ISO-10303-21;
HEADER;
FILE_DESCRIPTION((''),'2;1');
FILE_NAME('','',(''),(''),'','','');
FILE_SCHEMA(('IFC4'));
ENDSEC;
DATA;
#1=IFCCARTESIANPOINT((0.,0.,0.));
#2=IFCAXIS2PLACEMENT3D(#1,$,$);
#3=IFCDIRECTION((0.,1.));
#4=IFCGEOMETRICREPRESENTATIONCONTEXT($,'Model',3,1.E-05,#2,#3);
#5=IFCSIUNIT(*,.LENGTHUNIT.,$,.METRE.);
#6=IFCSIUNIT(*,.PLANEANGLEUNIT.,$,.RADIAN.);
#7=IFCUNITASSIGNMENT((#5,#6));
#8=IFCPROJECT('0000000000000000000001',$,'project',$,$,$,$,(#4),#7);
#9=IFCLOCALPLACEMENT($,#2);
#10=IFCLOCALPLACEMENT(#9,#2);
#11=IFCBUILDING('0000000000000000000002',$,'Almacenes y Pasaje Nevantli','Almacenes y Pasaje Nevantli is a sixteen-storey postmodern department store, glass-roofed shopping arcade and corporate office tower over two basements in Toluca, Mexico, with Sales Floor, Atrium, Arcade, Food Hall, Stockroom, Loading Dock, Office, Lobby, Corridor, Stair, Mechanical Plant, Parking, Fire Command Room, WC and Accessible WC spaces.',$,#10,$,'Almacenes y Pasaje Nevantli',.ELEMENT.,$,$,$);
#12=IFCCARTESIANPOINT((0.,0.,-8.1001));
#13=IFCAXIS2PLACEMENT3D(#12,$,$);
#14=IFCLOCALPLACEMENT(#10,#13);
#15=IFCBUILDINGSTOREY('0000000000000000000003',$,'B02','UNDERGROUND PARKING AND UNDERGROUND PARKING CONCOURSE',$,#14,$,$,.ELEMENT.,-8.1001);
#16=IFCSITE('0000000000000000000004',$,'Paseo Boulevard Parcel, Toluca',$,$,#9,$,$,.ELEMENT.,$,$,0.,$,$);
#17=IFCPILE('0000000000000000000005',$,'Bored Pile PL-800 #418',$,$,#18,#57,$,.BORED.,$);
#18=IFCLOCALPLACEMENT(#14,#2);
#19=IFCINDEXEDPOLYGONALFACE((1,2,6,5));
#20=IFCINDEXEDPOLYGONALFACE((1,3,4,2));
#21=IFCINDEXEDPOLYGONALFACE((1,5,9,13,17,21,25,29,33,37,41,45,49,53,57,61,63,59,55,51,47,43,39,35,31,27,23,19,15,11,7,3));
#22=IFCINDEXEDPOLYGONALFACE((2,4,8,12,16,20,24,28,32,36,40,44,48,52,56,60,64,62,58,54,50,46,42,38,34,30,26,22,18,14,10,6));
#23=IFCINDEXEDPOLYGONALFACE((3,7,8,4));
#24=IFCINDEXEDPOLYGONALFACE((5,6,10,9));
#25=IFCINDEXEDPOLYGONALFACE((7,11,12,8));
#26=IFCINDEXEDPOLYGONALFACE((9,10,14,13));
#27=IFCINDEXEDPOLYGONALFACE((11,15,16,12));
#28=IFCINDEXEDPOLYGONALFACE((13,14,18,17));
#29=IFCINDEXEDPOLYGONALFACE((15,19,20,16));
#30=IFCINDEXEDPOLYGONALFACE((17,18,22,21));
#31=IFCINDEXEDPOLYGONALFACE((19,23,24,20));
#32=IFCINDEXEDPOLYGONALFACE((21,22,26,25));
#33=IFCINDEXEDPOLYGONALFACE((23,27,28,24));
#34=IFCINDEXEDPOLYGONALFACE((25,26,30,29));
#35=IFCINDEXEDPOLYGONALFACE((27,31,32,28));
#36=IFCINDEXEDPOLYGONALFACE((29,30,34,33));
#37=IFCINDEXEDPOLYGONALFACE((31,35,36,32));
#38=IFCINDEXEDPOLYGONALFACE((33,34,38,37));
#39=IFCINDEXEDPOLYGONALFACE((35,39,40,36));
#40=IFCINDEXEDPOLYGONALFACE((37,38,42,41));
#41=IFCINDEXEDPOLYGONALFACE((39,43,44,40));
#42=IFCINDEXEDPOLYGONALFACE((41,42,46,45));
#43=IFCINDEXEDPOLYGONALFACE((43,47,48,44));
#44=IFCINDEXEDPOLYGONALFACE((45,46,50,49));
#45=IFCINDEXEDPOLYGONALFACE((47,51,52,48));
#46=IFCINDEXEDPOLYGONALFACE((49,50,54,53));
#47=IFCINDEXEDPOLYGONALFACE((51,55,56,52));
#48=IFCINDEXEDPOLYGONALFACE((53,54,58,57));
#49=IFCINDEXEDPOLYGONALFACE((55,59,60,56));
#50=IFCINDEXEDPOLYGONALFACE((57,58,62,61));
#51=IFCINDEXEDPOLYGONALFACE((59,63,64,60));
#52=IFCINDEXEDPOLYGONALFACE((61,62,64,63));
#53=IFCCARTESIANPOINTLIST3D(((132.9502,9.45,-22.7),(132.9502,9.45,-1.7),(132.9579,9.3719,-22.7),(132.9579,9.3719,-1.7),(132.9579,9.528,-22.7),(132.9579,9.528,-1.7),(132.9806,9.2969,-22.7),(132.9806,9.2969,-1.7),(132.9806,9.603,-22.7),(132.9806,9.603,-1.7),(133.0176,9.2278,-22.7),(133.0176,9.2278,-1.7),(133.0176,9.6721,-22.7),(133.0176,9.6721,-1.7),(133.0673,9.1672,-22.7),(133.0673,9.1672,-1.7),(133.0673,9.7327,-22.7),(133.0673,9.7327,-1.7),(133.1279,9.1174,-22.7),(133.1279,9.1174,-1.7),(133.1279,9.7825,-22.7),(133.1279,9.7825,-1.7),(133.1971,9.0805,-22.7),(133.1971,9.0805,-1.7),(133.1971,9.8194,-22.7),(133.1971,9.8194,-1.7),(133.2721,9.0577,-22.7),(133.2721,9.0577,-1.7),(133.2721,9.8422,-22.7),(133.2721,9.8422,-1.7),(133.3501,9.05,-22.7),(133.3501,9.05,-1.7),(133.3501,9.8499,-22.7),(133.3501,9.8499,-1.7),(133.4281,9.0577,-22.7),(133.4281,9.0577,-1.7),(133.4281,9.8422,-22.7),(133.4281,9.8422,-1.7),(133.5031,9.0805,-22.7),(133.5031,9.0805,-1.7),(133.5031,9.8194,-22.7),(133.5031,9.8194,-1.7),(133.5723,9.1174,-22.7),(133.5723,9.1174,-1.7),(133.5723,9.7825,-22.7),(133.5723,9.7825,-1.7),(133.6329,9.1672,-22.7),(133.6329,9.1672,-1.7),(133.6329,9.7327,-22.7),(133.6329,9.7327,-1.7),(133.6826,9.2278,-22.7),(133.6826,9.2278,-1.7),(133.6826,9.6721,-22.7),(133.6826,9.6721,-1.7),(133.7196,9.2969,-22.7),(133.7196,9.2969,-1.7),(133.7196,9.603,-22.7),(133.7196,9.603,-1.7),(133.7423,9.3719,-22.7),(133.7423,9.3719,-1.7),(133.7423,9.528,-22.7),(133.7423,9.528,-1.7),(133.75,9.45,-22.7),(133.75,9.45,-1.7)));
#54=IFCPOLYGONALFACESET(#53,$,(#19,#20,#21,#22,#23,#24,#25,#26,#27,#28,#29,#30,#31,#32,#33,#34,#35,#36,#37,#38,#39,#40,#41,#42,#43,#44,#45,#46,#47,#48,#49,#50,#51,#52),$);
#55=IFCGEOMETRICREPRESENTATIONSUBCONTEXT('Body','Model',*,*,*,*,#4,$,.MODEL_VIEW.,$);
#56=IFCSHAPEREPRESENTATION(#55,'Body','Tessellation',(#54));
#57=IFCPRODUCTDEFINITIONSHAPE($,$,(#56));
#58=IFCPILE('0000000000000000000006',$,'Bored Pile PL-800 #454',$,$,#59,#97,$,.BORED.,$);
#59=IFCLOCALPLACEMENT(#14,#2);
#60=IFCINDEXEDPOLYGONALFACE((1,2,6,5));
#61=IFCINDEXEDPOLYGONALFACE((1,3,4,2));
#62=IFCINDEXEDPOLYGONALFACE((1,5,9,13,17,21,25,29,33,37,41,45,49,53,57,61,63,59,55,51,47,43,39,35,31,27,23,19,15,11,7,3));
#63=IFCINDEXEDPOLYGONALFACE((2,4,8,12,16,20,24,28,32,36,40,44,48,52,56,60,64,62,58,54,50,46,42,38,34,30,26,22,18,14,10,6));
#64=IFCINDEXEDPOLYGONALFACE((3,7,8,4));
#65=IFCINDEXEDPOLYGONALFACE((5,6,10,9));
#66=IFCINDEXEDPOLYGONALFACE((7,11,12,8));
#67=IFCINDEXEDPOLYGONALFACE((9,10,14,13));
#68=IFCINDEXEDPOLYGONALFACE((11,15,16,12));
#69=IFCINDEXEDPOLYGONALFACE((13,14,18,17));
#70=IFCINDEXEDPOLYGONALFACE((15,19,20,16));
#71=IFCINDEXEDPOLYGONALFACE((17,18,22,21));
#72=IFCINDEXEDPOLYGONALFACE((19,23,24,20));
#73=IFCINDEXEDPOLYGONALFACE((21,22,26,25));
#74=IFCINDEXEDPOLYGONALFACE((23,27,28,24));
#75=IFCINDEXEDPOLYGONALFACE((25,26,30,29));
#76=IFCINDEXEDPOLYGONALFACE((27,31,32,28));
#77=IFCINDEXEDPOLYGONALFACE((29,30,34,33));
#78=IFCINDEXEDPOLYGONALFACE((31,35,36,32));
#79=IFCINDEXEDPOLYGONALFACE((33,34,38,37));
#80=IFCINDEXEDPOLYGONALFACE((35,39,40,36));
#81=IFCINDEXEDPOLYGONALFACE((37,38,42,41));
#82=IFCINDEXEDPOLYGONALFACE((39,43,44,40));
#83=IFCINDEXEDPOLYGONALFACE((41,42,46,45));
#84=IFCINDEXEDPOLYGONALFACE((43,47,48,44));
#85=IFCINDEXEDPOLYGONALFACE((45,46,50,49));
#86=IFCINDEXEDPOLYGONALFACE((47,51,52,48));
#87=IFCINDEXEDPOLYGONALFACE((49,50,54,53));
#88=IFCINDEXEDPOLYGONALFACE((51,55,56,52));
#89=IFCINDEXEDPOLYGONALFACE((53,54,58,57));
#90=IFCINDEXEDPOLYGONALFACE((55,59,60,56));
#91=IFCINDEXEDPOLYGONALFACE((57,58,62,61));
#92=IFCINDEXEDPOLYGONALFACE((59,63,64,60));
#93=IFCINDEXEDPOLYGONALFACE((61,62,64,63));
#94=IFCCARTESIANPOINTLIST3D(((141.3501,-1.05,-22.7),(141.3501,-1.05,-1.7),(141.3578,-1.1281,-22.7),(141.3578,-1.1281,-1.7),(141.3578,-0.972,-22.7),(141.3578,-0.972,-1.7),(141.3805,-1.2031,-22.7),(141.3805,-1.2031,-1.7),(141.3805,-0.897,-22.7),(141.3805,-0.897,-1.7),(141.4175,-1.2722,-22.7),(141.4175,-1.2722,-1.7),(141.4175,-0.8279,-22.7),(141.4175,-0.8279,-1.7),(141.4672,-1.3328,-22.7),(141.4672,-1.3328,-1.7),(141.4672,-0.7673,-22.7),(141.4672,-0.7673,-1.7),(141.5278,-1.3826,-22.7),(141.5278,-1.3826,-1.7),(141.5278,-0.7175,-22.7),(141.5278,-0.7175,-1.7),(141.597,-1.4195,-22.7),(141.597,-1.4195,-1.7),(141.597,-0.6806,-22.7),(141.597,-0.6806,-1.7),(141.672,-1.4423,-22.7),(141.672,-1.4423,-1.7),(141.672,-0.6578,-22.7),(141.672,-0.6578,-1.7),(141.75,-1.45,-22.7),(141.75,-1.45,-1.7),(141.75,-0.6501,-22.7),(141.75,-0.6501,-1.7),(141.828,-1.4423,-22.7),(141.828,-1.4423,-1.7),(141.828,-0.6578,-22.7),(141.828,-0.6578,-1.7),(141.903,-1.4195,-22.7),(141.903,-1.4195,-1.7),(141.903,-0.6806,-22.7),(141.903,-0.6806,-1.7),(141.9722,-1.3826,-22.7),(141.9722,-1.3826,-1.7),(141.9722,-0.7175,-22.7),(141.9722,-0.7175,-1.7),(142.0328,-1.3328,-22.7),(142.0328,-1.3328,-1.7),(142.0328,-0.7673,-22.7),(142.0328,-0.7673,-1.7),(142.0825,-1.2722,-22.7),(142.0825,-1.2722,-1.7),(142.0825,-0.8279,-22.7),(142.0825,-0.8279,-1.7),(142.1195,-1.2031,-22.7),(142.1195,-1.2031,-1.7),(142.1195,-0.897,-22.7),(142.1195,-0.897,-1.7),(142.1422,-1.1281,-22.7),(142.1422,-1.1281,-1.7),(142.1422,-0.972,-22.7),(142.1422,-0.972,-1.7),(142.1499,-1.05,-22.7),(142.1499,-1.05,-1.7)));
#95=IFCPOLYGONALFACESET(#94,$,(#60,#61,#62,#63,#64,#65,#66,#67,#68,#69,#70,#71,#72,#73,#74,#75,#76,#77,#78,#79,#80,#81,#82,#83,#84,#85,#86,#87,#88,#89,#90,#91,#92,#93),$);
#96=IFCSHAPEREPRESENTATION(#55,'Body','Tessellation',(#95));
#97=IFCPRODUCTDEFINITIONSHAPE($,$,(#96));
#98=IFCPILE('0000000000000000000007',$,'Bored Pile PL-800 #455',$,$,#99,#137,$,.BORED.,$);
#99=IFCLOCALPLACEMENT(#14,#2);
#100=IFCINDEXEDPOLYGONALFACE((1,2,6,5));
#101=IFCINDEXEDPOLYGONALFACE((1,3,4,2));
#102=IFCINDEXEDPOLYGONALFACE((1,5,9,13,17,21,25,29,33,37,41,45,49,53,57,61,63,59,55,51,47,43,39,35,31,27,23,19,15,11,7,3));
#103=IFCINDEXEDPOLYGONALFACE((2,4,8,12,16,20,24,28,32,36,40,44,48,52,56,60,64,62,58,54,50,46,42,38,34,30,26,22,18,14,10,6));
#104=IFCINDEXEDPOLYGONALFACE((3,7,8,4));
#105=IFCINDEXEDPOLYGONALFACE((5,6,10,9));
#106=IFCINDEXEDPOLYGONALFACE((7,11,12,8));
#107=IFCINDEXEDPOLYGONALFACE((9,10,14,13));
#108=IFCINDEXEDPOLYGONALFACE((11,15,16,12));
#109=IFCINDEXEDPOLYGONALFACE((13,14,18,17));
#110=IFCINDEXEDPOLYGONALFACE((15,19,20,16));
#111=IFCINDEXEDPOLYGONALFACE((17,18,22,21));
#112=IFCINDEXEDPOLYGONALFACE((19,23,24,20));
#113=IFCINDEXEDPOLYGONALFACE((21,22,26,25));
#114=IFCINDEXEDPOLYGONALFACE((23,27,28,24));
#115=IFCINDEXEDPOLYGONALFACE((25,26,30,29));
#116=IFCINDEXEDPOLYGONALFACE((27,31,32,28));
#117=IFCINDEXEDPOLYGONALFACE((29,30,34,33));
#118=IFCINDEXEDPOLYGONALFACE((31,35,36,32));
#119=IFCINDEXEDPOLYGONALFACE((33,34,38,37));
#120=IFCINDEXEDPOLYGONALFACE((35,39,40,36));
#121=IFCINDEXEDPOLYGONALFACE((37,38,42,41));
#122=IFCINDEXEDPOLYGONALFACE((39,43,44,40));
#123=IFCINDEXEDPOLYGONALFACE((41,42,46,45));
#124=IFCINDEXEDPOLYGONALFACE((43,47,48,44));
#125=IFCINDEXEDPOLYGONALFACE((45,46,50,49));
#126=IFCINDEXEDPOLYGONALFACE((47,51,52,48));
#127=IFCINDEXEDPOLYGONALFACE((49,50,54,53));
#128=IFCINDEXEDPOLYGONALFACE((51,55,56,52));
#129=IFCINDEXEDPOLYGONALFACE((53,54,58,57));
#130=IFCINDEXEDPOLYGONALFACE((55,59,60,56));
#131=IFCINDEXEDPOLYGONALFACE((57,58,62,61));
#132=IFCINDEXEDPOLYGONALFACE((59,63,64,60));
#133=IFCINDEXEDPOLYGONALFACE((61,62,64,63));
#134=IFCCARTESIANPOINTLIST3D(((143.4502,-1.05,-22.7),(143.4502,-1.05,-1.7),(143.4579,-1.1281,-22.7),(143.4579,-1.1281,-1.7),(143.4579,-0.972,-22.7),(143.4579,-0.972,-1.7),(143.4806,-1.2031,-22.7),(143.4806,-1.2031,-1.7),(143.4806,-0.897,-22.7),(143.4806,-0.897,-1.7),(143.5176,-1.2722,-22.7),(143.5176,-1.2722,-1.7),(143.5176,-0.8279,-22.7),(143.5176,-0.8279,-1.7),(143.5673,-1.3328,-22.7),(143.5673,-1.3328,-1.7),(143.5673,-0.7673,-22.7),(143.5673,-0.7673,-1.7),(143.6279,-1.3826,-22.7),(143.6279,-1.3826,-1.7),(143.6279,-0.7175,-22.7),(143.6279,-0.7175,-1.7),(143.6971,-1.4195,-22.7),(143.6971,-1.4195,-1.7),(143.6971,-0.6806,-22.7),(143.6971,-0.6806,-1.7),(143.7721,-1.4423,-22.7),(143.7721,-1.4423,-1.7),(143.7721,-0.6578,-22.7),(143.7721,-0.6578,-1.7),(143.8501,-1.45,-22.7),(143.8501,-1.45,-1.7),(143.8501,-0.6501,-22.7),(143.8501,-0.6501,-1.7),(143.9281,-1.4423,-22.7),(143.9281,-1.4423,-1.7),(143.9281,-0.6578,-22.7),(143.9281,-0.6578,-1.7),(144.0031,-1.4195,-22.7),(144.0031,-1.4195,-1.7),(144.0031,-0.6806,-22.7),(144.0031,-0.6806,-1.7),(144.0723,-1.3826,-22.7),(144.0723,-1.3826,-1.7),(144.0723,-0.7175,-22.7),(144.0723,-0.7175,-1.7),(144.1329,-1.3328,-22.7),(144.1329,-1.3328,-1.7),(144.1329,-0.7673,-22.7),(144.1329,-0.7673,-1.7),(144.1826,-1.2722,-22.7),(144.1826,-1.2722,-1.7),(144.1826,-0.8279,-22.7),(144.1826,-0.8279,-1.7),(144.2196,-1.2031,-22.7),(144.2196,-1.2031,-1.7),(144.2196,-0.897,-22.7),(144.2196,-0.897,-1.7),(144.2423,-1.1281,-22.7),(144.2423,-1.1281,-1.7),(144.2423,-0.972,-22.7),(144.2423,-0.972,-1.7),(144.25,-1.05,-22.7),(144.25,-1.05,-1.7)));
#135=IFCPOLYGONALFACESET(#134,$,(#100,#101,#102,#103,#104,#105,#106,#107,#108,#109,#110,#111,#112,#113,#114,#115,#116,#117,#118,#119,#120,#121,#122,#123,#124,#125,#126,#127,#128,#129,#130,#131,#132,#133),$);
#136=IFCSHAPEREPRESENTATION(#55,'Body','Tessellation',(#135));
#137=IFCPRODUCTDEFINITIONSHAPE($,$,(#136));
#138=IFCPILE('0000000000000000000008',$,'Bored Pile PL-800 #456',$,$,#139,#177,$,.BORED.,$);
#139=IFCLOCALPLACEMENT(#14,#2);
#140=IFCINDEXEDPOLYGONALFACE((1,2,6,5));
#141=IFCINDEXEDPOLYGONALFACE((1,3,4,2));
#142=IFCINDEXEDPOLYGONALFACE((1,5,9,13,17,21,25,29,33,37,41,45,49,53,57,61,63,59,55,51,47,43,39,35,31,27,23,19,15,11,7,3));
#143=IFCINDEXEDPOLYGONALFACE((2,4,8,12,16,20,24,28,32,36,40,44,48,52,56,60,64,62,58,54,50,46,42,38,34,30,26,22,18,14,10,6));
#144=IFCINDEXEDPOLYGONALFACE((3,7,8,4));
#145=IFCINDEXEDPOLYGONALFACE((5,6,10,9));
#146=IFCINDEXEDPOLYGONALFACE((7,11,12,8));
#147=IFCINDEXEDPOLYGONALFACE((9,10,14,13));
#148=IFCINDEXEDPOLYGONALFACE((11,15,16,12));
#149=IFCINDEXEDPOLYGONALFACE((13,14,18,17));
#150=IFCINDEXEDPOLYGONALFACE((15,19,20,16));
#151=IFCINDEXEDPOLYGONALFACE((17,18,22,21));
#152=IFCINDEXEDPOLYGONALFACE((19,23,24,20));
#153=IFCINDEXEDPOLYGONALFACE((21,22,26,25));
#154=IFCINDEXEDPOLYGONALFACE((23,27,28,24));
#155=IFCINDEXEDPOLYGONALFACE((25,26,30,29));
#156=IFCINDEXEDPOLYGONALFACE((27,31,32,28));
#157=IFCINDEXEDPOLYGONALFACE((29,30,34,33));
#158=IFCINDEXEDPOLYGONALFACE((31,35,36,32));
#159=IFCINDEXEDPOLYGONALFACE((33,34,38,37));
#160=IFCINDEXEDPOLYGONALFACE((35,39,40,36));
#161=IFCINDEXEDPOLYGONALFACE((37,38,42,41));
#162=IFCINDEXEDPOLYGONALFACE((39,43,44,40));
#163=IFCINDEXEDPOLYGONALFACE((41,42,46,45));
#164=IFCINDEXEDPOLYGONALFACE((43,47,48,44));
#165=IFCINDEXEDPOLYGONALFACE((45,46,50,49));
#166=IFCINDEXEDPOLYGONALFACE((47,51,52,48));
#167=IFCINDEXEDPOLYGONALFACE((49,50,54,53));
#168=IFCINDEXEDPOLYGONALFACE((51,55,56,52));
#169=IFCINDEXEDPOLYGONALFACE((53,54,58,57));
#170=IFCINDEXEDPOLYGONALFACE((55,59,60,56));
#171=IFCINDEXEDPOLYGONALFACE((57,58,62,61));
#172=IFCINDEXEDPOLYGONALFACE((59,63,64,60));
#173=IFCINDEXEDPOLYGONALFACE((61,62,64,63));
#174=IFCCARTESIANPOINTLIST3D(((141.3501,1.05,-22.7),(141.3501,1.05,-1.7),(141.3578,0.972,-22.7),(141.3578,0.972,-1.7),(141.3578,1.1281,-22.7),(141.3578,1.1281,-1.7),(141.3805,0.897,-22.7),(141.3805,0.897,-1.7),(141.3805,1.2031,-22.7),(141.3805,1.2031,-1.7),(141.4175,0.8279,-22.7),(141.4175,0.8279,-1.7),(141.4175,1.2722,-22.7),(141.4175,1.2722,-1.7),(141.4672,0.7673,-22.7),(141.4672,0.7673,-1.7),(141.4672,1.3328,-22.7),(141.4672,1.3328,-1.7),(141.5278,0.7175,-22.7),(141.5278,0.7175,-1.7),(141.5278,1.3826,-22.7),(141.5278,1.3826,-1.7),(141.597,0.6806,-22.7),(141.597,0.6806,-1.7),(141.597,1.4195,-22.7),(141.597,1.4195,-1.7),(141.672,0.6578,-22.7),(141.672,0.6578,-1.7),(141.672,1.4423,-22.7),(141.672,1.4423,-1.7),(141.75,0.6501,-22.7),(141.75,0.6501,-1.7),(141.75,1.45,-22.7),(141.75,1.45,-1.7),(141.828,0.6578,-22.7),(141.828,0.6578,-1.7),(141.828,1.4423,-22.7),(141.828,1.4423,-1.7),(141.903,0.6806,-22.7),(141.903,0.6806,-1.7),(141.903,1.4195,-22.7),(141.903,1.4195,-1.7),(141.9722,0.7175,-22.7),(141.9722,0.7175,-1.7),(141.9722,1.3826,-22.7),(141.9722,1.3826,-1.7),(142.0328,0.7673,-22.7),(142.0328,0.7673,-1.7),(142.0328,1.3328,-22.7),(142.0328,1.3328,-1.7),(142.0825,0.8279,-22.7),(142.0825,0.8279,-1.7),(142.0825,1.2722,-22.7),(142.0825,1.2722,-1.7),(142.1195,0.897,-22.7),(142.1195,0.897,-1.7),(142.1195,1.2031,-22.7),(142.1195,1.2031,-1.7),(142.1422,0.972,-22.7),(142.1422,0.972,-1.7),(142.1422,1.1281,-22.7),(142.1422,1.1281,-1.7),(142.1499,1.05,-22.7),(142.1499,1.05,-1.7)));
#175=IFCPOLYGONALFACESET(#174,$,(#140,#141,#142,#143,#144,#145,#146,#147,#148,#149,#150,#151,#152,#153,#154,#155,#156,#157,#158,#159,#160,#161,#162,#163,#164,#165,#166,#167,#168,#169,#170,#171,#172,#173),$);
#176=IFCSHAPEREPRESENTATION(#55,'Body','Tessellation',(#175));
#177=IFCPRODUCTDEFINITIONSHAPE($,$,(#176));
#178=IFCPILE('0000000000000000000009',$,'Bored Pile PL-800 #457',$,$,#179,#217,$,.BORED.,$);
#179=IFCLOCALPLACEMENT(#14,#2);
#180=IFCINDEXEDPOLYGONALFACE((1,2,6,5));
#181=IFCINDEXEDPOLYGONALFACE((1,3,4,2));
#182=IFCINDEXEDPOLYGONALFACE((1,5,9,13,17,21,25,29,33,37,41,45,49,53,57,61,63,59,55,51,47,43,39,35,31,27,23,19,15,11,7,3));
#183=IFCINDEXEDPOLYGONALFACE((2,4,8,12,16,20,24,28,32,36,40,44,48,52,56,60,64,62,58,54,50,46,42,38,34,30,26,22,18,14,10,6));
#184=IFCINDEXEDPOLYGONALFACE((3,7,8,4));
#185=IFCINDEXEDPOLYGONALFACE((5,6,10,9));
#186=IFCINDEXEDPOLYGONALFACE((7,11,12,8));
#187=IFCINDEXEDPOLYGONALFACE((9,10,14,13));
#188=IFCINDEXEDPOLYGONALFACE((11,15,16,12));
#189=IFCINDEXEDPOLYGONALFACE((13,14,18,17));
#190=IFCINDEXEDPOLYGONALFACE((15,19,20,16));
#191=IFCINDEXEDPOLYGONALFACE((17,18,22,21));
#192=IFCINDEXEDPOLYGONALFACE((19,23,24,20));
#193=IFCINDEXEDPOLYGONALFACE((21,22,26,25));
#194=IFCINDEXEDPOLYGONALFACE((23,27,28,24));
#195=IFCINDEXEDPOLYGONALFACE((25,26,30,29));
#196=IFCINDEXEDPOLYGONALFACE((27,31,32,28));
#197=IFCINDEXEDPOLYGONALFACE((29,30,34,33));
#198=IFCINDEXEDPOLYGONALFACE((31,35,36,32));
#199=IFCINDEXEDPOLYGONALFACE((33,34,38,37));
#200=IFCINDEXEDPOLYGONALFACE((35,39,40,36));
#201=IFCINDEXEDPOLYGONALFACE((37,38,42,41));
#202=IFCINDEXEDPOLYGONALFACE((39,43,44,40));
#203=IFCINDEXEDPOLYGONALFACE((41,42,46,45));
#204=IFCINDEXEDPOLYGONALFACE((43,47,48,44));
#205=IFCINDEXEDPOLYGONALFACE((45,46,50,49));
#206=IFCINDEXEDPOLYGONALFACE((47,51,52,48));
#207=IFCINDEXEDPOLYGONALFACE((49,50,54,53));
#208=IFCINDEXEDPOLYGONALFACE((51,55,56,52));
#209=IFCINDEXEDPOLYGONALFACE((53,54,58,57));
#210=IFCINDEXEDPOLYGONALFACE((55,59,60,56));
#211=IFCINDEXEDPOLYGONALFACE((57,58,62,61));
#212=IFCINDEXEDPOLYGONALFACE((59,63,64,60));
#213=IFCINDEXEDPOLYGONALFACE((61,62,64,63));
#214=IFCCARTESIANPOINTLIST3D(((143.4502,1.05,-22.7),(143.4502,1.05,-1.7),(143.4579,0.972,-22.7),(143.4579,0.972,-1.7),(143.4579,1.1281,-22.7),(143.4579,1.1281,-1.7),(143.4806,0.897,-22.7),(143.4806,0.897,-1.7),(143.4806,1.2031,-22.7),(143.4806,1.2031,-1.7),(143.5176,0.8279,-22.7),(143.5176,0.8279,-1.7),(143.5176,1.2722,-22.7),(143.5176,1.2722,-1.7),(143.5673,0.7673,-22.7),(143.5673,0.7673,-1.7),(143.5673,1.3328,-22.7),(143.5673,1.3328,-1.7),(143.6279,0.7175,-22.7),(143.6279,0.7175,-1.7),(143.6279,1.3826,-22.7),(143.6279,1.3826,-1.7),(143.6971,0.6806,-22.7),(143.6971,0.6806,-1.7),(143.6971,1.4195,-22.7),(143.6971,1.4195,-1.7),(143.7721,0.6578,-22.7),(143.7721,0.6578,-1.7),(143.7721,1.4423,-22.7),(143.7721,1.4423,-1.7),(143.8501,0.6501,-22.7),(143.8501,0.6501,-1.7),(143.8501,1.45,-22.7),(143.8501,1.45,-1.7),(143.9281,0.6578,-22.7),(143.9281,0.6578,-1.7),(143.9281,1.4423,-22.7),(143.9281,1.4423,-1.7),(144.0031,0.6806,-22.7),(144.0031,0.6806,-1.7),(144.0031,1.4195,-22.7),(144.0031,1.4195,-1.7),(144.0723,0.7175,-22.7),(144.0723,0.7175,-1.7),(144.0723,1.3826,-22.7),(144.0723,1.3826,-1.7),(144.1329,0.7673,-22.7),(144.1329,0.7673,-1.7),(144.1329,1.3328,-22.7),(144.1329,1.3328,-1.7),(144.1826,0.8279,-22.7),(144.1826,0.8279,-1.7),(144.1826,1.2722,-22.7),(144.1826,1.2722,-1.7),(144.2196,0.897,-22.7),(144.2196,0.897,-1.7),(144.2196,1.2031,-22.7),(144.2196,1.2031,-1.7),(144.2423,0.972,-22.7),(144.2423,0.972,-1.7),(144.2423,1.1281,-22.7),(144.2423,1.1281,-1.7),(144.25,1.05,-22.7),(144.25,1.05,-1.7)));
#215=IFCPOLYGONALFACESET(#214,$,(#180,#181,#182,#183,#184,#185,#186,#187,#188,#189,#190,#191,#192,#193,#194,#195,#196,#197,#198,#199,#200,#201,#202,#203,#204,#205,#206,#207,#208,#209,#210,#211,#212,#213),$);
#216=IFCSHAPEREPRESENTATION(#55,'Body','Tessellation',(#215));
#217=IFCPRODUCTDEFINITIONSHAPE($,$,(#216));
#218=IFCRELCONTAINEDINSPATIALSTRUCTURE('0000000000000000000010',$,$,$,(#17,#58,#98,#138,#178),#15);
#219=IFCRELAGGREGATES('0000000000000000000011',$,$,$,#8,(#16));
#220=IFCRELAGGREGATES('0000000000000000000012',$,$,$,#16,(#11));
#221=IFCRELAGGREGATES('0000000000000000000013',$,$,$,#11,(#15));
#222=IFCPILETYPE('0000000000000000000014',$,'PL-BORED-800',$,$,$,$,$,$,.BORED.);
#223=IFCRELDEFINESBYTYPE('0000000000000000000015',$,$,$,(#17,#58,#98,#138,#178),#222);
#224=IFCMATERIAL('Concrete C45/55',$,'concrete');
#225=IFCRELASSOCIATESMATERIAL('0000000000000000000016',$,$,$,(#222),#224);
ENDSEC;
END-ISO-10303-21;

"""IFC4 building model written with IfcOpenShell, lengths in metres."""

from ifc_helpers import new_model, si_unit, direction, frame, origin, origin_2d, place, context, subcontext, project, spatial, circle, extrude, material, material_profile, profile_set, type_object, element, save


model = new_model("IFC4")

# Units and contexts
model_context = context("Model", 3, precision=1e-05, world=origin(), true_north=direction((0.0, 1.0)))
body_context = subcontext(model_context, "Body", "Model", "MODEL_VIEW")
ifc_project = project(units=[si_unit("LENGTHUNIT", "METRE"), si_unit("PLANEANGLEUNIT", "RADIAN")], contexts=[model_context])

# Site, building, storey
site_placement = place(None, origin())
site = spatial("IfcSite", under=ifc_project, at=site_placement, Name="Paseo Boulevard Parcel, Toluca", CompositionType="ELEMENT", RefElevation=0.0)
building_placement = place(site_placement, origin())
building = spatial("IfcBuilding", under=site, at=building_placement, Name="Almacenes y Pasaje Nevantli", Description="Almacenes y Pasaje Nevantli is a sixteen-storey postmodern department store, glass-roofed shopping arcade and corporate office tower over two basements in Toluca, Mexico, with Sales Floor, Atrium, Arcade, Food Hall, Stockroom, Loading Dock, Office, Lobby, Corridor, Stair, Mechanical Plant, Parking, Fire Command Room, WC and Accessible WC spaces.", LongName="Almacenes y Pasaje Nevantli", CompositionType="ELEMENT")
storey_placement = place(building_placement, frame((0.0, 0.0, -8.1001)))
storey = spatial("IfcBuildingStorey", under=building, at=storey_placement, Name="B02", Description="UNDERGROUND PARKING AND UNDERGROUND PARKING CONCOURSE", CompositionType="ELEMENT", Elevation=-8.1001)

# Piles
ifc_material_1 = material(Name="Concrete C45/55", Category="concrete")
ifc_material_profile_1 = material_profile(ifc_material_1, circle(Radius=0.3999, at=origin_2d()), Name="RC-PILE-D800")
ifc_profile_set_1 = profile_set([ifc_material_profile_1], Name="Concrete C45/55")
pile_type_1 = type_object("IfcPileType", Name="PL-BORED-800", PredefinedType="BORED", material=ifc_profile_set_1)
for number, where, z_axis, x_axis, name in (
    (1, (133.3501, 9.45, -1.7), (0.0, 0.0, -1.0), (1.0, 0.0, 0.0), "Bored Pile PL-800 #418"),
    (2, (141.75, -1.05, -1.7), (0.0, 0.0, -1.0), (1.0, 0.0, 0.0), "Bored Pile PL-800 #454"),
    (3, (143.8501, -1.05, -1.7), (0.0, 0.0, -1.0), (1.0, 0.0, 0.0), "Bored Pile PL-800 #455"),
    (4, (141.75, 1.05, -1.7), (0.0, 0.0, -1.0), (1.0, 0.0, 0.0), "Bored Pile PL-800 #456"),
    (5, (143.8501, 1.05, -1.7), (0.0, 0.0, -1.0), (1.0, 0.0, 0.0), "Bored Pile PL-800 #457"),
):
    element("IfcPile", number, at=place(storey_placement, frame(where, z_axis=z_axis, x_axis=x_axis)), inside=storey, type_object=pile_type_1, Name=name, PredefinedType="BORED", context=body_context, shape_type="SweptSolid", body=[
        extrude(circle(Radius=0.3999, at=origin_2d()), origin(), (0.0, 0.0, 1.0), 21.0),
    ])

save(model, "model.ifc")
